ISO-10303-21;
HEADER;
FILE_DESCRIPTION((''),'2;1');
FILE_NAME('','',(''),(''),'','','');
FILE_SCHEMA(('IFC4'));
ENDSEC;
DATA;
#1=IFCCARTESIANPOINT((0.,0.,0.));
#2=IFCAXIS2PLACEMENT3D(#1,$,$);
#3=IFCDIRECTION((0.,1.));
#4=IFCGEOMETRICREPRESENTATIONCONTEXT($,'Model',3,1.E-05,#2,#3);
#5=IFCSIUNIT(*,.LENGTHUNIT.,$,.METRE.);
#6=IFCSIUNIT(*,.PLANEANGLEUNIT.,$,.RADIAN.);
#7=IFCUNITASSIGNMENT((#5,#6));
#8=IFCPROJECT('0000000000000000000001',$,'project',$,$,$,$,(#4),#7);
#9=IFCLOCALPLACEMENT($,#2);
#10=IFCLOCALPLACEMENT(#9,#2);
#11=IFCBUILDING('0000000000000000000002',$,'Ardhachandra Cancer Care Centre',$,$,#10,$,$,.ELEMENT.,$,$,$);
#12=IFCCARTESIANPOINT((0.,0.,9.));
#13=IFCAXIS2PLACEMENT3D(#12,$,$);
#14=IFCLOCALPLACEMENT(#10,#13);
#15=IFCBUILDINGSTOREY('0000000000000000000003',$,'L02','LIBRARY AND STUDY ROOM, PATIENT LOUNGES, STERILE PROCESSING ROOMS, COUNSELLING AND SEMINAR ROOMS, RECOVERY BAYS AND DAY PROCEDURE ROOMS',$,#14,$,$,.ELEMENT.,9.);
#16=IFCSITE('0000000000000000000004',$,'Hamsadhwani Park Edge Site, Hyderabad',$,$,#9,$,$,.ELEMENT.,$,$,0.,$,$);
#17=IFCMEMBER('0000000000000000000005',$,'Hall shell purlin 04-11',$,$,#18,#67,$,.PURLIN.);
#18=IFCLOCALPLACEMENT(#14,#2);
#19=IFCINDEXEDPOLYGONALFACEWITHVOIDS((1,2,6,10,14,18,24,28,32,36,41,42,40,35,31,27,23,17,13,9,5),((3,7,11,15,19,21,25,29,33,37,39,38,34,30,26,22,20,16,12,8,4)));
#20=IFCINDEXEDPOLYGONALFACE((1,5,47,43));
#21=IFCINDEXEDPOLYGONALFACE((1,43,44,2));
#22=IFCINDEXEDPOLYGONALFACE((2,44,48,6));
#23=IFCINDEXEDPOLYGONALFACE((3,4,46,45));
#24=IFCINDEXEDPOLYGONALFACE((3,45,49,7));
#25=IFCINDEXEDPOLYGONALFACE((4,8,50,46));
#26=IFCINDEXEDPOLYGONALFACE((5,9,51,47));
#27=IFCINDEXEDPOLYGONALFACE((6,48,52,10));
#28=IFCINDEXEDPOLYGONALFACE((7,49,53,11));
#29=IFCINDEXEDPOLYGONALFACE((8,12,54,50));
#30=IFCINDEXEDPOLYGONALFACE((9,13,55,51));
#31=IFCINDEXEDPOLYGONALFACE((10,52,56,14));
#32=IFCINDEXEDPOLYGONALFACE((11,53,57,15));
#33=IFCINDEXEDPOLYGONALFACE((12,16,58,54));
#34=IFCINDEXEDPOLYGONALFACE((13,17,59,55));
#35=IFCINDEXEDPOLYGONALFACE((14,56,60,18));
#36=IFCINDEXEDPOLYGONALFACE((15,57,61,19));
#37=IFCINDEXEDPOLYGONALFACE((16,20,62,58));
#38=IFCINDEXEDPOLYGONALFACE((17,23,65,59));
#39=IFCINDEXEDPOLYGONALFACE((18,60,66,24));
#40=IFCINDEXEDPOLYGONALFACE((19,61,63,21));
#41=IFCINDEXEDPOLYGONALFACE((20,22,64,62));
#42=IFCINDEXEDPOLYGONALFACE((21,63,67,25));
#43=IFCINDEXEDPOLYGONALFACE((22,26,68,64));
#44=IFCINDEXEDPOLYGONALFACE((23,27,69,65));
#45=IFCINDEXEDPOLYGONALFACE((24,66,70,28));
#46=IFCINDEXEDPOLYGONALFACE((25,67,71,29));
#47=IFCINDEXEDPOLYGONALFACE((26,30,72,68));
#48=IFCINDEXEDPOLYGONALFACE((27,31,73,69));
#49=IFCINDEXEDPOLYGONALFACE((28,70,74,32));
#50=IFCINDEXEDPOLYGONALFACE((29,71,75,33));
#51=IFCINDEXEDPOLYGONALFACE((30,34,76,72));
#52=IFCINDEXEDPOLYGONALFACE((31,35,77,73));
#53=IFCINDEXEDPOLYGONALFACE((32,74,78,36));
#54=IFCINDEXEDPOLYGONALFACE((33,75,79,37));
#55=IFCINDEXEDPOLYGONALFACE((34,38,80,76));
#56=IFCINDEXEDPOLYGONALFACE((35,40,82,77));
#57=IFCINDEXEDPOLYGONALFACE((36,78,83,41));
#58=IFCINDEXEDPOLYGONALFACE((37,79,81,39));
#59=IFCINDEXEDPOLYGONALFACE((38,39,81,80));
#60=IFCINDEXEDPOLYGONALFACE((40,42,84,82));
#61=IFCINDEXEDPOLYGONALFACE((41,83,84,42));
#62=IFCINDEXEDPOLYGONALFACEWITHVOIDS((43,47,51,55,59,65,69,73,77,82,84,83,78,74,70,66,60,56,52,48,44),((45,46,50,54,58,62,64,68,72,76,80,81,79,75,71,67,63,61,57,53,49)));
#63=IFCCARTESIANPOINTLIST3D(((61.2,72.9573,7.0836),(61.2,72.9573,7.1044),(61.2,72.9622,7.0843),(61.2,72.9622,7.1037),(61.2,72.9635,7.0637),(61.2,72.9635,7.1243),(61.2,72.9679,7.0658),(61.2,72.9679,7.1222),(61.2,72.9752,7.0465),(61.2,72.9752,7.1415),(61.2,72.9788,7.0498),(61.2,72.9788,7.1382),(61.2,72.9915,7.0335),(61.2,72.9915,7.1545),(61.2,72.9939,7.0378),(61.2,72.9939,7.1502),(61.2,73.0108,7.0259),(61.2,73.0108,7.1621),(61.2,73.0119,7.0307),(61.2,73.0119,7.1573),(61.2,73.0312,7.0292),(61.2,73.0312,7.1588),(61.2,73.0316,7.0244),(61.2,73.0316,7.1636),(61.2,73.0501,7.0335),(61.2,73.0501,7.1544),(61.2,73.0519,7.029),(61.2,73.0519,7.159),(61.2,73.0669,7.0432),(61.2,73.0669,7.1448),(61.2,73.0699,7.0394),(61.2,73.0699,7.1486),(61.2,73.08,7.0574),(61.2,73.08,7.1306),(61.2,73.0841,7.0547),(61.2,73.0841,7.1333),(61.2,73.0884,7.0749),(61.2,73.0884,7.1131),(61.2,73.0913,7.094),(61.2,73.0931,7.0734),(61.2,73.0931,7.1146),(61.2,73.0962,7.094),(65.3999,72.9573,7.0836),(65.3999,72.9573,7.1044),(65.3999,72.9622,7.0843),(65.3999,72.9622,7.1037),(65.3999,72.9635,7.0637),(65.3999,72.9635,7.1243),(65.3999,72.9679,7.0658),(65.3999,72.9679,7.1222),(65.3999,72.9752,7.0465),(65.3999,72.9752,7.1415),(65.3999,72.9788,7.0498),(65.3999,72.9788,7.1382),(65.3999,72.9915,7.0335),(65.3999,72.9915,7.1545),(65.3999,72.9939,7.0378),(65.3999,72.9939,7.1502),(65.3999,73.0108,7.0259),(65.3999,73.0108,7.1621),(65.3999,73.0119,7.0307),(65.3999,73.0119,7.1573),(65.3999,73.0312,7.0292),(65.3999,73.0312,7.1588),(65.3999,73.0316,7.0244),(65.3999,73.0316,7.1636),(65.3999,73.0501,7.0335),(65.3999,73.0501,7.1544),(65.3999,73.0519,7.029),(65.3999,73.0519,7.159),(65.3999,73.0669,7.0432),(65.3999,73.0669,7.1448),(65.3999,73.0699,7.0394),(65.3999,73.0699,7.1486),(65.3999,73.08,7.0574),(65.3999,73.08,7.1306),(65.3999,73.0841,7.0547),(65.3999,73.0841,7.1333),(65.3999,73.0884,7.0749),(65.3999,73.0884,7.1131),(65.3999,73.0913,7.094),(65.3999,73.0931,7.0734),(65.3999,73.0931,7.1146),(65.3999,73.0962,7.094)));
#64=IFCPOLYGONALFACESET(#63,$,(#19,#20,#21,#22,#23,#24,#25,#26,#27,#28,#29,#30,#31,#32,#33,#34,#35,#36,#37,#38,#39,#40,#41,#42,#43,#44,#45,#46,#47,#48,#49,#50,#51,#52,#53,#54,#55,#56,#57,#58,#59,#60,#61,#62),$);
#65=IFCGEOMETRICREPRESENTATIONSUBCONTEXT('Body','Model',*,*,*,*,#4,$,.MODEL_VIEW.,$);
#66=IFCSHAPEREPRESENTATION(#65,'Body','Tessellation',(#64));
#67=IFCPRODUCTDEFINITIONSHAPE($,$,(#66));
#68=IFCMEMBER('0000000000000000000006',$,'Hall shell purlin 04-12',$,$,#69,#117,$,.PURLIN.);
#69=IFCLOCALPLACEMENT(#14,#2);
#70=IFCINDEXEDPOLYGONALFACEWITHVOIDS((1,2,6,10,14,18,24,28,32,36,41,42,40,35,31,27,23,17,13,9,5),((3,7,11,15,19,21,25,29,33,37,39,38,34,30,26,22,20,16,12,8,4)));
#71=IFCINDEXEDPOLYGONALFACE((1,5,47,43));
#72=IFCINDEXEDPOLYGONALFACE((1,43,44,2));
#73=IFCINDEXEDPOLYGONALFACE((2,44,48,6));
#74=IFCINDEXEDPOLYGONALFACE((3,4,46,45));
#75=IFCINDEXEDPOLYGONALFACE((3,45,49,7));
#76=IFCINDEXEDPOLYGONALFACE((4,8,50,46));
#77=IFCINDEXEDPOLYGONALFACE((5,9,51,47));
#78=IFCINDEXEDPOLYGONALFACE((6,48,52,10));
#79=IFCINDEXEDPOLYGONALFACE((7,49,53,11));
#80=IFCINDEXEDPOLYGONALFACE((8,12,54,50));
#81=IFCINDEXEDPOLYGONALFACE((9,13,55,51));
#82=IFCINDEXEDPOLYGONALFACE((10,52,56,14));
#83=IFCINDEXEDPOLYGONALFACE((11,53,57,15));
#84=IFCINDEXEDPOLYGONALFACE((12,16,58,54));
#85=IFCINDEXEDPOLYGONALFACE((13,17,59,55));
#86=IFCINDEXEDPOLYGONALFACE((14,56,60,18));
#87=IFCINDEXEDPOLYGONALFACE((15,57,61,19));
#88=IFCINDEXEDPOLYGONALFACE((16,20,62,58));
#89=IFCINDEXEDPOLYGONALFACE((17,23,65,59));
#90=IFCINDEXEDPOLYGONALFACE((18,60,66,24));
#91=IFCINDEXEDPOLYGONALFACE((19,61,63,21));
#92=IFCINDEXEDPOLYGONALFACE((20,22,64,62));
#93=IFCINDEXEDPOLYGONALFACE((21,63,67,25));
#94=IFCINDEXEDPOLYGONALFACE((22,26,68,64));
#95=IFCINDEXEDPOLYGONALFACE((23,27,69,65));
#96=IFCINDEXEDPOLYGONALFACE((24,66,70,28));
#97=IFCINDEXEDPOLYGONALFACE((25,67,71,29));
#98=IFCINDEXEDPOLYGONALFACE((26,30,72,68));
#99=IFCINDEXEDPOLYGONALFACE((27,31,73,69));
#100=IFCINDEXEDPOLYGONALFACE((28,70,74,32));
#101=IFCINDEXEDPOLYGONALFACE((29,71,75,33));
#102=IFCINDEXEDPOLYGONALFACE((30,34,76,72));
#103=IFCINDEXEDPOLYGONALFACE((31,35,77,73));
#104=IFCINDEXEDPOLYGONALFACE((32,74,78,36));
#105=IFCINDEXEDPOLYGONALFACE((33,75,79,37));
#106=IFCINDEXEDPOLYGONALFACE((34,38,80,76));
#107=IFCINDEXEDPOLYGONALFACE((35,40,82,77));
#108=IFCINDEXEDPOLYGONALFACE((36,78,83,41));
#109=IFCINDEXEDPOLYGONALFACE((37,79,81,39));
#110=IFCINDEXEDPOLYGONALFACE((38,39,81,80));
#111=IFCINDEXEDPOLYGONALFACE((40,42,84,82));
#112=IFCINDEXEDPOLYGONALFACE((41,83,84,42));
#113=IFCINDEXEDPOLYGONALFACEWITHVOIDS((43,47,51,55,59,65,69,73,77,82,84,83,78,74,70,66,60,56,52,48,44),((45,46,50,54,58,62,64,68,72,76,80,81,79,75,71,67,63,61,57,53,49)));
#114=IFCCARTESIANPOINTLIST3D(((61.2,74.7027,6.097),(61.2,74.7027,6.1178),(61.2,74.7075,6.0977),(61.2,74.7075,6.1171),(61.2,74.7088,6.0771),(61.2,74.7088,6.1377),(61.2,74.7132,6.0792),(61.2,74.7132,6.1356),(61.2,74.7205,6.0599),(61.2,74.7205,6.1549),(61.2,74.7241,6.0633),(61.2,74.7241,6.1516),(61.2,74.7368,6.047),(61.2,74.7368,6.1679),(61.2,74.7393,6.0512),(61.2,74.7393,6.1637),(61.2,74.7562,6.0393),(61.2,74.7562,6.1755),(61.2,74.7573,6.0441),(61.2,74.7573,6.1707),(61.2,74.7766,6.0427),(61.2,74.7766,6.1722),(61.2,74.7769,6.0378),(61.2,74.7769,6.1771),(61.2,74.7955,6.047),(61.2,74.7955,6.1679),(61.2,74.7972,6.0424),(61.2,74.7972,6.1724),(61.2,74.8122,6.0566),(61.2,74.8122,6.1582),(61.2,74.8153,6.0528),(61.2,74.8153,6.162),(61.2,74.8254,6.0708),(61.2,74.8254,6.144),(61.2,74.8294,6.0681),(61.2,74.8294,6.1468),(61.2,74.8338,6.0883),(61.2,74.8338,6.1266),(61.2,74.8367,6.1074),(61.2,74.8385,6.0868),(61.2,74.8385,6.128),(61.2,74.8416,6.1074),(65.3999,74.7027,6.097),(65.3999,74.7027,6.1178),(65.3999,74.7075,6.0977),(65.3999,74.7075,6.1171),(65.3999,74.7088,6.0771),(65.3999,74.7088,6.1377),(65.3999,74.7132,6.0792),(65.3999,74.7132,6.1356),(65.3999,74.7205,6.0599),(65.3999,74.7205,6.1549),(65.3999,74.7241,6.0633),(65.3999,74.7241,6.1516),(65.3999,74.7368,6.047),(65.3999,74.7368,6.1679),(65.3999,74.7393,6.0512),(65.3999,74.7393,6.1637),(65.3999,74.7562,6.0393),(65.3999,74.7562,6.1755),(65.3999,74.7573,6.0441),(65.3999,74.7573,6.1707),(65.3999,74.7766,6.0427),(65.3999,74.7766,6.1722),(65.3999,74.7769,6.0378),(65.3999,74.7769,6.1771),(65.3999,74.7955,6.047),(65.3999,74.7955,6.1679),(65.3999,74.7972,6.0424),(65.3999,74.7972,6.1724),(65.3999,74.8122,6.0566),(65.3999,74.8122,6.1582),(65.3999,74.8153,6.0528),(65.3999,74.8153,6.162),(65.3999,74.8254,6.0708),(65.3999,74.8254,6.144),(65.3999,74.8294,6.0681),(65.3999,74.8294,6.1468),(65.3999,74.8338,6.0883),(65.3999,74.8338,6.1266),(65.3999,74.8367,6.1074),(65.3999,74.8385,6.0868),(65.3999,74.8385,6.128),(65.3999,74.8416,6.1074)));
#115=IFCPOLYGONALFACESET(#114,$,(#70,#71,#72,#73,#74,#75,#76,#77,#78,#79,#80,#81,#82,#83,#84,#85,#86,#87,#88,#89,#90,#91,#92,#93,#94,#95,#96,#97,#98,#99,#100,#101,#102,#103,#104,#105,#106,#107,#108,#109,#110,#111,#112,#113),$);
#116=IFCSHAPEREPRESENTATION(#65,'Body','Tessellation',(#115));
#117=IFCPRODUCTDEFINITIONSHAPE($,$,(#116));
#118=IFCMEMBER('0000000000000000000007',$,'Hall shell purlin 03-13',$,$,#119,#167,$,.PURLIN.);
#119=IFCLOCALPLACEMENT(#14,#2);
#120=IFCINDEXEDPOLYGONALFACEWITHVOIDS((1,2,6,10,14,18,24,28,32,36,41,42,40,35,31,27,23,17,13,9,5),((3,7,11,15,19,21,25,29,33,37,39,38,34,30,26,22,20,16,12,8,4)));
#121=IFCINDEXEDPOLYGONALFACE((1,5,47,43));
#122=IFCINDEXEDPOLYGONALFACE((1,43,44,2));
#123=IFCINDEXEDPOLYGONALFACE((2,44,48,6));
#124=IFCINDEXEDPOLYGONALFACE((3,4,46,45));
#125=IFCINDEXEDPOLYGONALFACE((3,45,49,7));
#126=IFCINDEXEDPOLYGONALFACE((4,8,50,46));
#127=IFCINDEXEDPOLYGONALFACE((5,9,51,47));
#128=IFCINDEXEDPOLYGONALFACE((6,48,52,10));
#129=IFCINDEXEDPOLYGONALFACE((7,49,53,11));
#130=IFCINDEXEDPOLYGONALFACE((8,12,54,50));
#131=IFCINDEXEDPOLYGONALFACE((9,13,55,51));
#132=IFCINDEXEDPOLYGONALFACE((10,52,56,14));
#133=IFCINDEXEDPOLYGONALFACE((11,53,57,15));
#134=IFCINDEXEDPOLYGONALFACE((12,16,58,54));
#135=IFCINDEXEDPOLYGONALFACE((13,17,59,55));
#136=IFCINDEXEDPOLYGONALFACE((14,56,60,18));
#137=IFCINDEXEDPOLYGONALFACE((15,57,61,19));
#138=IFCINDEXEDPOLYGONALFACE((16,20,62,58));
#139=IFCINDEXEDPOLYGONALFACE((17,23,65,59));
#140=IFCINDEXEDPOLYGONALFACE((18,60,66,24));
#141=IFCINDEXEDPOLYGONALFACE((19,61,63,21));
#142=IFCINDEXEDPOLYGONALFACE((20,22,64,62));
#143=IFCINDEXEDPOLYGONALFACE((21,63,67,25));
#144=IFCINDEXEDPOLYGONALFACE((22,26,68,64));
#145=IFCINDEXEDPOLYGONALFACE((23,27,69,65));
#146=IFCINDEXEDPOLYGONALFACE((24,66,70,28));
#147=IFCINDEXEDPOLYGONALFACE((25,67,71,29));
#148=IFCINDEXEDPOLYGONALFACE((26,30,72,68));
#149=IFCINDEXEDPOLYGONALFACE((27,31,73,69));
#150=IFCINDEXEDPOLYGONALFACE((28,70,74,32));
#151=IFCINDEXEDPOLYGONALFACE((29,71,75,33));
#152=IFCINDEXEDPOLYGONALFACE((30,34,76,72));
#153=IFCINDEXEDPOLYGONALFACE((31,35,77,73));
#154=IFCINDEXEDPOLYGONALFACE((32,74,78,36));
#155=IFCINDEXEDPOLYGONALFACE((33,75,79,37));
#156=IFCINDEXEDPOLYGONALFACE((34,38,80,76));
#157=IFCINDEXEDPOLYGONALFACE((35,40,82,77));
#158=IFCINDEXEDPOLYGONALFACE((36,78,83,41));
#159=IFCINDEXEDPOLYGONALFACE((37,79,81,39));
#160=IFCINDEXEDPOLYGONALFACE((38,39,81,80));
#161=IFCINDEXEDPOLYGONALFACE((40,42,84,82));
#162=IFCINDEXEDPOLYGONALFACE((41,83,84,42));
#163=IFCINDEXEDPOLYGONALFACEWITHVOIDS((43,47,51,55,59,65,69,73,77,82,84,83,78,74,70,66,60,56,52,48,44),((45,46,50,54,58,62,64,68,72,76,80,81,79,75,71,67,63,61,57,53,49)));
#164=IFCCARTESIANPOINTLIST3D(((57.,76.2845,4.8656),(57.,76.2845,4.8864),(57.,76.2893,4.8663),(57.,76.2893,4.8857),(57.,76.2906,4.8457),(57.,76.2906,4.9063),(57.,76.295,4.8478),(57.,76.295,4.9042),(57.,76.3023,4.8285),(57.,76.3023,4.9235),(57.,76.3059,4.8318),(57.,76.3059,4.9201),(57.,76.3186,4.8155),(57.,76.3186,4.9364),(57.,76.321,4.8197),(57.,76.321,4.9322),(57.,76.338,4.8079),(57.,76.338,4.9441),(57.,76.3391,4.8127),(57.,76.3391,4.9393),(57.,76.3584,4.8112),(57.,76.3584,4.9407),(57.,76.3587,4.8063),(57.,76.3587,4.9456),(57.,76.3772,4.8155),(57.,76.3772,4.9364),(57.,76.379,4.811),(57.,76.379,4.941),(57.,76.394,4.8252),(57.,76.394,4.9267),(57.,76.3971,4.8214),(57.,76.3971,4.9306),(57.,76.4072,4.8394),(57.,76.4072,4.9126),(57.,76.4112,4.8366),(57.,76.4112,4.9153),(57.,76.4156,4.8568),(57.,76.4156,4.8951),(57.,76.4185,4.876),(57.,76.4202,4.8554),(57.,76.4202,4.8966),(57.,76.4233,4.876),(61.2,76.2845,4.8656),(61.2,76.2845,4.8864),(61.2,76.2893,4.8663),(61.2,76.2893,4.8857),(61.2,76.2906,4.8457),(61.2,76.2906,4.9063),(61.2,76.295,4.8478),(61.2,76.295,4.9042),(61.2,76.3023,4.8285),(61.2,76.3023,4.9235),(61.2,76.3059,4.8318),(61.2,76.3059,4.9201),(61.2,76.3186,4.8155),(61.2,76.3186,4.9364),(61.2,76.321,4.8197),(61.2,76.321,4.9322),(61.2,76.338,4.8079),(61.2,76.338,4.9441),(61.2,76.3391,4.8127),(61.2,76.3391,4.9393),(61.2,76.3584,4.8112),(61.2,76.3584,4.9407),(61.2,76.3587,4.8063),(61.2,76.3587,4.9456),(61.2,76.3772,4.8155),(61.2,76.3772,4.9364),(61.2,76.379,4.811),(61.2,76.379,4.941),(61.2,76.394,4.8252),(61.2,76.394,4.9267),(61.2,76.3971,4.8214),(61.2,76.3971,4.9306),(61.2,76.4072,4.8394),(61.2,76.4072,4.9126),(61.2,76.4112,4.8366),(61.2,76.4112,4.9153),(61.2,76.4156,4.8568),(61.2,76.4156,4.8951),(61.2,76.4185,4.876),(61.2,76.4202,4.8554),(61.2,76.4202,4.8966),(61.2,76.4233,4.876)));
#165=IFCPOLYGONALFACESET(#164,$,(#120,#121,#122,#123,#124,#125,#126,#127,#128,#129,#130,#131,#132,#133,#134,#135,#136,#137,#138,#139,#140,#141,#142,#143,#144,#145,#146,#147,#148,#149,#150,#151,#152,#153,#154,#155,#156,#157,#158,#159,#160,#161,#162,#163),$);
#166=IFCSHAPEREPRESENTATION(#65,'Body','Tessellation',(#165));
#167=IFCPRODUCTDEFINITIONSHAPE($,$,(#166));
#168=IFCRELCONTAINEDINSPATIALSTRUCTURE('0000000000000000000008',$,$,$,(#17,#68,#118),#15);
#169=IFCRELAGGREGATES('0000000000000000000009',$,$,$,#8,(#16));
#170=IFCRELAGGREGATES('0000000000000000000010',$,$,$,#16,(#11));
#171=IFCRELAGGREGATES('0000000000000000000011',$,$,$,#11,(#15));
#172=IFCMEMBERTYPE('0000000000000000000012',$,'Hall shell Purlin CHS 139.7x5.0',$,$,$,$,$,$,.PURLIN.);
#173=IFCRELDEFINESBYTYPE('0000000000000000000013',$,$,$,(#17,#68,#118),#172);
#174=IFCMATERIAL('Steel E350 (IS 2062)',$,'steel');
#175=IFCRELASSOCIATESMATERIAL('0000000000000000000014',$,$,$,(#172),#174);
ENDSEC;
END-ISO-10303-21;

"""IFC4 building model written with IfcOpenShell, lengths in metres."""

from ifc_helpers import new_model, si_unit, direction, frame, origin, origin_2d, place, context, subcontext, project, spatial, hollow_circle, extrude, material, material_profile, profile_set, type_object, element, save


model = new_model("IFC4")

# Units and contexts
model_context = context("Model", 3, precision=1e-05, world=origin(), true_north=direction((0.0, 1.0)))
body_context = subcontext(model_context, "Body", "Model", "MODEL_VIEW")
ifc_project = project(units=[si_unit("LENGTHUNIT", "METRE"), si_unit("PLANEANGLEUNIT", "RADIAN")], contexts=[model_context])

# Site, building, storey
site_placement = place(None, origin())
site = spatial("IfcSite", under=ifc_project, at=site_placement, Name="Hamsadhwani Park Edge Site, Hyderabad", CompositionType="ELEMENT", RefElevation=0.0)
building_placement = place(site_placement, origin())
building = spatial("IfcBuilding", under=site, at=building_placement, Name="Ardhachandra Cancer Care Centre", CompositionType="ELEMENT")
storey_placement = place(building_placement, frame((0.0, 0.0, 9.0)))
storey = spatial("IfcBuildingStorey", under=building, at=storey_placement, Name="L02", Description="LIBRARY AND STUDY ROOM, PATIENT LOUNGES, STERILE PROCESSING ROOMS, COUNSELLING AND SEMINAR ROOMS, RECOVERY BAYS AND DAY PROCEDURE ROOMS", CompositionType="ELEMENT", Elevation=9.0)

# Members
ifc_material_1 = material(Name="Steel E350 (IS 2062)", Category="steel")
ifc_material_profile_1 = material_profile(ifc_material_1, hollow_circle(Radius=0.0698, WallThickness=0.0049, at=origin_2d()), Name="CHS 139.7x5.0")
ifc_profile_set_1 = profile_set([ifc_material_profile_1], Name="Steel E350 (IS 2062)")
member_type_1 = type_object("IfcMemberType", Name="Hall shell Purlin CHS 139.7x5.0", PredefinedType="PURLIN", material=ifc_profile_set_1)
for number, where, z_axis, x_axis, name in (
    (1, (61.2, 73.0264, 7.094), (1.0, 0.0, 0.0), (0.0, 1.0, 0.0), "Hall shell purlin 04-11"),
    (2, (61.2, 74.7717, 6.1074), (1.0, 0.0, 0.0), (0.0, 1.0, 0.0), "Hall shell purlin 04-12"),
    (3, (57.0, 76.3535, 4.876), (1.0, 0.0, 0.0), (0.0, 1.0, 0.0), "Hall shell purlin 03-13"),
):
    element("IfcMember", number, at=place(storey_placement, frame(where, z_axis=z_axis, x_axis=x_axis)), inside=storey, type_object=member_type_1, Name=name, PredefinedType="PURLIN", context=body_context, shape_type="SweptSolid", body=[
        extrude(hollow_circle(Radius=0.0698, WallThickness=0.0049, at=origin_2d()), origin(), (0.0, 0.0, 1.0), 4.2),
    ])

save(model, "model.ifc")
